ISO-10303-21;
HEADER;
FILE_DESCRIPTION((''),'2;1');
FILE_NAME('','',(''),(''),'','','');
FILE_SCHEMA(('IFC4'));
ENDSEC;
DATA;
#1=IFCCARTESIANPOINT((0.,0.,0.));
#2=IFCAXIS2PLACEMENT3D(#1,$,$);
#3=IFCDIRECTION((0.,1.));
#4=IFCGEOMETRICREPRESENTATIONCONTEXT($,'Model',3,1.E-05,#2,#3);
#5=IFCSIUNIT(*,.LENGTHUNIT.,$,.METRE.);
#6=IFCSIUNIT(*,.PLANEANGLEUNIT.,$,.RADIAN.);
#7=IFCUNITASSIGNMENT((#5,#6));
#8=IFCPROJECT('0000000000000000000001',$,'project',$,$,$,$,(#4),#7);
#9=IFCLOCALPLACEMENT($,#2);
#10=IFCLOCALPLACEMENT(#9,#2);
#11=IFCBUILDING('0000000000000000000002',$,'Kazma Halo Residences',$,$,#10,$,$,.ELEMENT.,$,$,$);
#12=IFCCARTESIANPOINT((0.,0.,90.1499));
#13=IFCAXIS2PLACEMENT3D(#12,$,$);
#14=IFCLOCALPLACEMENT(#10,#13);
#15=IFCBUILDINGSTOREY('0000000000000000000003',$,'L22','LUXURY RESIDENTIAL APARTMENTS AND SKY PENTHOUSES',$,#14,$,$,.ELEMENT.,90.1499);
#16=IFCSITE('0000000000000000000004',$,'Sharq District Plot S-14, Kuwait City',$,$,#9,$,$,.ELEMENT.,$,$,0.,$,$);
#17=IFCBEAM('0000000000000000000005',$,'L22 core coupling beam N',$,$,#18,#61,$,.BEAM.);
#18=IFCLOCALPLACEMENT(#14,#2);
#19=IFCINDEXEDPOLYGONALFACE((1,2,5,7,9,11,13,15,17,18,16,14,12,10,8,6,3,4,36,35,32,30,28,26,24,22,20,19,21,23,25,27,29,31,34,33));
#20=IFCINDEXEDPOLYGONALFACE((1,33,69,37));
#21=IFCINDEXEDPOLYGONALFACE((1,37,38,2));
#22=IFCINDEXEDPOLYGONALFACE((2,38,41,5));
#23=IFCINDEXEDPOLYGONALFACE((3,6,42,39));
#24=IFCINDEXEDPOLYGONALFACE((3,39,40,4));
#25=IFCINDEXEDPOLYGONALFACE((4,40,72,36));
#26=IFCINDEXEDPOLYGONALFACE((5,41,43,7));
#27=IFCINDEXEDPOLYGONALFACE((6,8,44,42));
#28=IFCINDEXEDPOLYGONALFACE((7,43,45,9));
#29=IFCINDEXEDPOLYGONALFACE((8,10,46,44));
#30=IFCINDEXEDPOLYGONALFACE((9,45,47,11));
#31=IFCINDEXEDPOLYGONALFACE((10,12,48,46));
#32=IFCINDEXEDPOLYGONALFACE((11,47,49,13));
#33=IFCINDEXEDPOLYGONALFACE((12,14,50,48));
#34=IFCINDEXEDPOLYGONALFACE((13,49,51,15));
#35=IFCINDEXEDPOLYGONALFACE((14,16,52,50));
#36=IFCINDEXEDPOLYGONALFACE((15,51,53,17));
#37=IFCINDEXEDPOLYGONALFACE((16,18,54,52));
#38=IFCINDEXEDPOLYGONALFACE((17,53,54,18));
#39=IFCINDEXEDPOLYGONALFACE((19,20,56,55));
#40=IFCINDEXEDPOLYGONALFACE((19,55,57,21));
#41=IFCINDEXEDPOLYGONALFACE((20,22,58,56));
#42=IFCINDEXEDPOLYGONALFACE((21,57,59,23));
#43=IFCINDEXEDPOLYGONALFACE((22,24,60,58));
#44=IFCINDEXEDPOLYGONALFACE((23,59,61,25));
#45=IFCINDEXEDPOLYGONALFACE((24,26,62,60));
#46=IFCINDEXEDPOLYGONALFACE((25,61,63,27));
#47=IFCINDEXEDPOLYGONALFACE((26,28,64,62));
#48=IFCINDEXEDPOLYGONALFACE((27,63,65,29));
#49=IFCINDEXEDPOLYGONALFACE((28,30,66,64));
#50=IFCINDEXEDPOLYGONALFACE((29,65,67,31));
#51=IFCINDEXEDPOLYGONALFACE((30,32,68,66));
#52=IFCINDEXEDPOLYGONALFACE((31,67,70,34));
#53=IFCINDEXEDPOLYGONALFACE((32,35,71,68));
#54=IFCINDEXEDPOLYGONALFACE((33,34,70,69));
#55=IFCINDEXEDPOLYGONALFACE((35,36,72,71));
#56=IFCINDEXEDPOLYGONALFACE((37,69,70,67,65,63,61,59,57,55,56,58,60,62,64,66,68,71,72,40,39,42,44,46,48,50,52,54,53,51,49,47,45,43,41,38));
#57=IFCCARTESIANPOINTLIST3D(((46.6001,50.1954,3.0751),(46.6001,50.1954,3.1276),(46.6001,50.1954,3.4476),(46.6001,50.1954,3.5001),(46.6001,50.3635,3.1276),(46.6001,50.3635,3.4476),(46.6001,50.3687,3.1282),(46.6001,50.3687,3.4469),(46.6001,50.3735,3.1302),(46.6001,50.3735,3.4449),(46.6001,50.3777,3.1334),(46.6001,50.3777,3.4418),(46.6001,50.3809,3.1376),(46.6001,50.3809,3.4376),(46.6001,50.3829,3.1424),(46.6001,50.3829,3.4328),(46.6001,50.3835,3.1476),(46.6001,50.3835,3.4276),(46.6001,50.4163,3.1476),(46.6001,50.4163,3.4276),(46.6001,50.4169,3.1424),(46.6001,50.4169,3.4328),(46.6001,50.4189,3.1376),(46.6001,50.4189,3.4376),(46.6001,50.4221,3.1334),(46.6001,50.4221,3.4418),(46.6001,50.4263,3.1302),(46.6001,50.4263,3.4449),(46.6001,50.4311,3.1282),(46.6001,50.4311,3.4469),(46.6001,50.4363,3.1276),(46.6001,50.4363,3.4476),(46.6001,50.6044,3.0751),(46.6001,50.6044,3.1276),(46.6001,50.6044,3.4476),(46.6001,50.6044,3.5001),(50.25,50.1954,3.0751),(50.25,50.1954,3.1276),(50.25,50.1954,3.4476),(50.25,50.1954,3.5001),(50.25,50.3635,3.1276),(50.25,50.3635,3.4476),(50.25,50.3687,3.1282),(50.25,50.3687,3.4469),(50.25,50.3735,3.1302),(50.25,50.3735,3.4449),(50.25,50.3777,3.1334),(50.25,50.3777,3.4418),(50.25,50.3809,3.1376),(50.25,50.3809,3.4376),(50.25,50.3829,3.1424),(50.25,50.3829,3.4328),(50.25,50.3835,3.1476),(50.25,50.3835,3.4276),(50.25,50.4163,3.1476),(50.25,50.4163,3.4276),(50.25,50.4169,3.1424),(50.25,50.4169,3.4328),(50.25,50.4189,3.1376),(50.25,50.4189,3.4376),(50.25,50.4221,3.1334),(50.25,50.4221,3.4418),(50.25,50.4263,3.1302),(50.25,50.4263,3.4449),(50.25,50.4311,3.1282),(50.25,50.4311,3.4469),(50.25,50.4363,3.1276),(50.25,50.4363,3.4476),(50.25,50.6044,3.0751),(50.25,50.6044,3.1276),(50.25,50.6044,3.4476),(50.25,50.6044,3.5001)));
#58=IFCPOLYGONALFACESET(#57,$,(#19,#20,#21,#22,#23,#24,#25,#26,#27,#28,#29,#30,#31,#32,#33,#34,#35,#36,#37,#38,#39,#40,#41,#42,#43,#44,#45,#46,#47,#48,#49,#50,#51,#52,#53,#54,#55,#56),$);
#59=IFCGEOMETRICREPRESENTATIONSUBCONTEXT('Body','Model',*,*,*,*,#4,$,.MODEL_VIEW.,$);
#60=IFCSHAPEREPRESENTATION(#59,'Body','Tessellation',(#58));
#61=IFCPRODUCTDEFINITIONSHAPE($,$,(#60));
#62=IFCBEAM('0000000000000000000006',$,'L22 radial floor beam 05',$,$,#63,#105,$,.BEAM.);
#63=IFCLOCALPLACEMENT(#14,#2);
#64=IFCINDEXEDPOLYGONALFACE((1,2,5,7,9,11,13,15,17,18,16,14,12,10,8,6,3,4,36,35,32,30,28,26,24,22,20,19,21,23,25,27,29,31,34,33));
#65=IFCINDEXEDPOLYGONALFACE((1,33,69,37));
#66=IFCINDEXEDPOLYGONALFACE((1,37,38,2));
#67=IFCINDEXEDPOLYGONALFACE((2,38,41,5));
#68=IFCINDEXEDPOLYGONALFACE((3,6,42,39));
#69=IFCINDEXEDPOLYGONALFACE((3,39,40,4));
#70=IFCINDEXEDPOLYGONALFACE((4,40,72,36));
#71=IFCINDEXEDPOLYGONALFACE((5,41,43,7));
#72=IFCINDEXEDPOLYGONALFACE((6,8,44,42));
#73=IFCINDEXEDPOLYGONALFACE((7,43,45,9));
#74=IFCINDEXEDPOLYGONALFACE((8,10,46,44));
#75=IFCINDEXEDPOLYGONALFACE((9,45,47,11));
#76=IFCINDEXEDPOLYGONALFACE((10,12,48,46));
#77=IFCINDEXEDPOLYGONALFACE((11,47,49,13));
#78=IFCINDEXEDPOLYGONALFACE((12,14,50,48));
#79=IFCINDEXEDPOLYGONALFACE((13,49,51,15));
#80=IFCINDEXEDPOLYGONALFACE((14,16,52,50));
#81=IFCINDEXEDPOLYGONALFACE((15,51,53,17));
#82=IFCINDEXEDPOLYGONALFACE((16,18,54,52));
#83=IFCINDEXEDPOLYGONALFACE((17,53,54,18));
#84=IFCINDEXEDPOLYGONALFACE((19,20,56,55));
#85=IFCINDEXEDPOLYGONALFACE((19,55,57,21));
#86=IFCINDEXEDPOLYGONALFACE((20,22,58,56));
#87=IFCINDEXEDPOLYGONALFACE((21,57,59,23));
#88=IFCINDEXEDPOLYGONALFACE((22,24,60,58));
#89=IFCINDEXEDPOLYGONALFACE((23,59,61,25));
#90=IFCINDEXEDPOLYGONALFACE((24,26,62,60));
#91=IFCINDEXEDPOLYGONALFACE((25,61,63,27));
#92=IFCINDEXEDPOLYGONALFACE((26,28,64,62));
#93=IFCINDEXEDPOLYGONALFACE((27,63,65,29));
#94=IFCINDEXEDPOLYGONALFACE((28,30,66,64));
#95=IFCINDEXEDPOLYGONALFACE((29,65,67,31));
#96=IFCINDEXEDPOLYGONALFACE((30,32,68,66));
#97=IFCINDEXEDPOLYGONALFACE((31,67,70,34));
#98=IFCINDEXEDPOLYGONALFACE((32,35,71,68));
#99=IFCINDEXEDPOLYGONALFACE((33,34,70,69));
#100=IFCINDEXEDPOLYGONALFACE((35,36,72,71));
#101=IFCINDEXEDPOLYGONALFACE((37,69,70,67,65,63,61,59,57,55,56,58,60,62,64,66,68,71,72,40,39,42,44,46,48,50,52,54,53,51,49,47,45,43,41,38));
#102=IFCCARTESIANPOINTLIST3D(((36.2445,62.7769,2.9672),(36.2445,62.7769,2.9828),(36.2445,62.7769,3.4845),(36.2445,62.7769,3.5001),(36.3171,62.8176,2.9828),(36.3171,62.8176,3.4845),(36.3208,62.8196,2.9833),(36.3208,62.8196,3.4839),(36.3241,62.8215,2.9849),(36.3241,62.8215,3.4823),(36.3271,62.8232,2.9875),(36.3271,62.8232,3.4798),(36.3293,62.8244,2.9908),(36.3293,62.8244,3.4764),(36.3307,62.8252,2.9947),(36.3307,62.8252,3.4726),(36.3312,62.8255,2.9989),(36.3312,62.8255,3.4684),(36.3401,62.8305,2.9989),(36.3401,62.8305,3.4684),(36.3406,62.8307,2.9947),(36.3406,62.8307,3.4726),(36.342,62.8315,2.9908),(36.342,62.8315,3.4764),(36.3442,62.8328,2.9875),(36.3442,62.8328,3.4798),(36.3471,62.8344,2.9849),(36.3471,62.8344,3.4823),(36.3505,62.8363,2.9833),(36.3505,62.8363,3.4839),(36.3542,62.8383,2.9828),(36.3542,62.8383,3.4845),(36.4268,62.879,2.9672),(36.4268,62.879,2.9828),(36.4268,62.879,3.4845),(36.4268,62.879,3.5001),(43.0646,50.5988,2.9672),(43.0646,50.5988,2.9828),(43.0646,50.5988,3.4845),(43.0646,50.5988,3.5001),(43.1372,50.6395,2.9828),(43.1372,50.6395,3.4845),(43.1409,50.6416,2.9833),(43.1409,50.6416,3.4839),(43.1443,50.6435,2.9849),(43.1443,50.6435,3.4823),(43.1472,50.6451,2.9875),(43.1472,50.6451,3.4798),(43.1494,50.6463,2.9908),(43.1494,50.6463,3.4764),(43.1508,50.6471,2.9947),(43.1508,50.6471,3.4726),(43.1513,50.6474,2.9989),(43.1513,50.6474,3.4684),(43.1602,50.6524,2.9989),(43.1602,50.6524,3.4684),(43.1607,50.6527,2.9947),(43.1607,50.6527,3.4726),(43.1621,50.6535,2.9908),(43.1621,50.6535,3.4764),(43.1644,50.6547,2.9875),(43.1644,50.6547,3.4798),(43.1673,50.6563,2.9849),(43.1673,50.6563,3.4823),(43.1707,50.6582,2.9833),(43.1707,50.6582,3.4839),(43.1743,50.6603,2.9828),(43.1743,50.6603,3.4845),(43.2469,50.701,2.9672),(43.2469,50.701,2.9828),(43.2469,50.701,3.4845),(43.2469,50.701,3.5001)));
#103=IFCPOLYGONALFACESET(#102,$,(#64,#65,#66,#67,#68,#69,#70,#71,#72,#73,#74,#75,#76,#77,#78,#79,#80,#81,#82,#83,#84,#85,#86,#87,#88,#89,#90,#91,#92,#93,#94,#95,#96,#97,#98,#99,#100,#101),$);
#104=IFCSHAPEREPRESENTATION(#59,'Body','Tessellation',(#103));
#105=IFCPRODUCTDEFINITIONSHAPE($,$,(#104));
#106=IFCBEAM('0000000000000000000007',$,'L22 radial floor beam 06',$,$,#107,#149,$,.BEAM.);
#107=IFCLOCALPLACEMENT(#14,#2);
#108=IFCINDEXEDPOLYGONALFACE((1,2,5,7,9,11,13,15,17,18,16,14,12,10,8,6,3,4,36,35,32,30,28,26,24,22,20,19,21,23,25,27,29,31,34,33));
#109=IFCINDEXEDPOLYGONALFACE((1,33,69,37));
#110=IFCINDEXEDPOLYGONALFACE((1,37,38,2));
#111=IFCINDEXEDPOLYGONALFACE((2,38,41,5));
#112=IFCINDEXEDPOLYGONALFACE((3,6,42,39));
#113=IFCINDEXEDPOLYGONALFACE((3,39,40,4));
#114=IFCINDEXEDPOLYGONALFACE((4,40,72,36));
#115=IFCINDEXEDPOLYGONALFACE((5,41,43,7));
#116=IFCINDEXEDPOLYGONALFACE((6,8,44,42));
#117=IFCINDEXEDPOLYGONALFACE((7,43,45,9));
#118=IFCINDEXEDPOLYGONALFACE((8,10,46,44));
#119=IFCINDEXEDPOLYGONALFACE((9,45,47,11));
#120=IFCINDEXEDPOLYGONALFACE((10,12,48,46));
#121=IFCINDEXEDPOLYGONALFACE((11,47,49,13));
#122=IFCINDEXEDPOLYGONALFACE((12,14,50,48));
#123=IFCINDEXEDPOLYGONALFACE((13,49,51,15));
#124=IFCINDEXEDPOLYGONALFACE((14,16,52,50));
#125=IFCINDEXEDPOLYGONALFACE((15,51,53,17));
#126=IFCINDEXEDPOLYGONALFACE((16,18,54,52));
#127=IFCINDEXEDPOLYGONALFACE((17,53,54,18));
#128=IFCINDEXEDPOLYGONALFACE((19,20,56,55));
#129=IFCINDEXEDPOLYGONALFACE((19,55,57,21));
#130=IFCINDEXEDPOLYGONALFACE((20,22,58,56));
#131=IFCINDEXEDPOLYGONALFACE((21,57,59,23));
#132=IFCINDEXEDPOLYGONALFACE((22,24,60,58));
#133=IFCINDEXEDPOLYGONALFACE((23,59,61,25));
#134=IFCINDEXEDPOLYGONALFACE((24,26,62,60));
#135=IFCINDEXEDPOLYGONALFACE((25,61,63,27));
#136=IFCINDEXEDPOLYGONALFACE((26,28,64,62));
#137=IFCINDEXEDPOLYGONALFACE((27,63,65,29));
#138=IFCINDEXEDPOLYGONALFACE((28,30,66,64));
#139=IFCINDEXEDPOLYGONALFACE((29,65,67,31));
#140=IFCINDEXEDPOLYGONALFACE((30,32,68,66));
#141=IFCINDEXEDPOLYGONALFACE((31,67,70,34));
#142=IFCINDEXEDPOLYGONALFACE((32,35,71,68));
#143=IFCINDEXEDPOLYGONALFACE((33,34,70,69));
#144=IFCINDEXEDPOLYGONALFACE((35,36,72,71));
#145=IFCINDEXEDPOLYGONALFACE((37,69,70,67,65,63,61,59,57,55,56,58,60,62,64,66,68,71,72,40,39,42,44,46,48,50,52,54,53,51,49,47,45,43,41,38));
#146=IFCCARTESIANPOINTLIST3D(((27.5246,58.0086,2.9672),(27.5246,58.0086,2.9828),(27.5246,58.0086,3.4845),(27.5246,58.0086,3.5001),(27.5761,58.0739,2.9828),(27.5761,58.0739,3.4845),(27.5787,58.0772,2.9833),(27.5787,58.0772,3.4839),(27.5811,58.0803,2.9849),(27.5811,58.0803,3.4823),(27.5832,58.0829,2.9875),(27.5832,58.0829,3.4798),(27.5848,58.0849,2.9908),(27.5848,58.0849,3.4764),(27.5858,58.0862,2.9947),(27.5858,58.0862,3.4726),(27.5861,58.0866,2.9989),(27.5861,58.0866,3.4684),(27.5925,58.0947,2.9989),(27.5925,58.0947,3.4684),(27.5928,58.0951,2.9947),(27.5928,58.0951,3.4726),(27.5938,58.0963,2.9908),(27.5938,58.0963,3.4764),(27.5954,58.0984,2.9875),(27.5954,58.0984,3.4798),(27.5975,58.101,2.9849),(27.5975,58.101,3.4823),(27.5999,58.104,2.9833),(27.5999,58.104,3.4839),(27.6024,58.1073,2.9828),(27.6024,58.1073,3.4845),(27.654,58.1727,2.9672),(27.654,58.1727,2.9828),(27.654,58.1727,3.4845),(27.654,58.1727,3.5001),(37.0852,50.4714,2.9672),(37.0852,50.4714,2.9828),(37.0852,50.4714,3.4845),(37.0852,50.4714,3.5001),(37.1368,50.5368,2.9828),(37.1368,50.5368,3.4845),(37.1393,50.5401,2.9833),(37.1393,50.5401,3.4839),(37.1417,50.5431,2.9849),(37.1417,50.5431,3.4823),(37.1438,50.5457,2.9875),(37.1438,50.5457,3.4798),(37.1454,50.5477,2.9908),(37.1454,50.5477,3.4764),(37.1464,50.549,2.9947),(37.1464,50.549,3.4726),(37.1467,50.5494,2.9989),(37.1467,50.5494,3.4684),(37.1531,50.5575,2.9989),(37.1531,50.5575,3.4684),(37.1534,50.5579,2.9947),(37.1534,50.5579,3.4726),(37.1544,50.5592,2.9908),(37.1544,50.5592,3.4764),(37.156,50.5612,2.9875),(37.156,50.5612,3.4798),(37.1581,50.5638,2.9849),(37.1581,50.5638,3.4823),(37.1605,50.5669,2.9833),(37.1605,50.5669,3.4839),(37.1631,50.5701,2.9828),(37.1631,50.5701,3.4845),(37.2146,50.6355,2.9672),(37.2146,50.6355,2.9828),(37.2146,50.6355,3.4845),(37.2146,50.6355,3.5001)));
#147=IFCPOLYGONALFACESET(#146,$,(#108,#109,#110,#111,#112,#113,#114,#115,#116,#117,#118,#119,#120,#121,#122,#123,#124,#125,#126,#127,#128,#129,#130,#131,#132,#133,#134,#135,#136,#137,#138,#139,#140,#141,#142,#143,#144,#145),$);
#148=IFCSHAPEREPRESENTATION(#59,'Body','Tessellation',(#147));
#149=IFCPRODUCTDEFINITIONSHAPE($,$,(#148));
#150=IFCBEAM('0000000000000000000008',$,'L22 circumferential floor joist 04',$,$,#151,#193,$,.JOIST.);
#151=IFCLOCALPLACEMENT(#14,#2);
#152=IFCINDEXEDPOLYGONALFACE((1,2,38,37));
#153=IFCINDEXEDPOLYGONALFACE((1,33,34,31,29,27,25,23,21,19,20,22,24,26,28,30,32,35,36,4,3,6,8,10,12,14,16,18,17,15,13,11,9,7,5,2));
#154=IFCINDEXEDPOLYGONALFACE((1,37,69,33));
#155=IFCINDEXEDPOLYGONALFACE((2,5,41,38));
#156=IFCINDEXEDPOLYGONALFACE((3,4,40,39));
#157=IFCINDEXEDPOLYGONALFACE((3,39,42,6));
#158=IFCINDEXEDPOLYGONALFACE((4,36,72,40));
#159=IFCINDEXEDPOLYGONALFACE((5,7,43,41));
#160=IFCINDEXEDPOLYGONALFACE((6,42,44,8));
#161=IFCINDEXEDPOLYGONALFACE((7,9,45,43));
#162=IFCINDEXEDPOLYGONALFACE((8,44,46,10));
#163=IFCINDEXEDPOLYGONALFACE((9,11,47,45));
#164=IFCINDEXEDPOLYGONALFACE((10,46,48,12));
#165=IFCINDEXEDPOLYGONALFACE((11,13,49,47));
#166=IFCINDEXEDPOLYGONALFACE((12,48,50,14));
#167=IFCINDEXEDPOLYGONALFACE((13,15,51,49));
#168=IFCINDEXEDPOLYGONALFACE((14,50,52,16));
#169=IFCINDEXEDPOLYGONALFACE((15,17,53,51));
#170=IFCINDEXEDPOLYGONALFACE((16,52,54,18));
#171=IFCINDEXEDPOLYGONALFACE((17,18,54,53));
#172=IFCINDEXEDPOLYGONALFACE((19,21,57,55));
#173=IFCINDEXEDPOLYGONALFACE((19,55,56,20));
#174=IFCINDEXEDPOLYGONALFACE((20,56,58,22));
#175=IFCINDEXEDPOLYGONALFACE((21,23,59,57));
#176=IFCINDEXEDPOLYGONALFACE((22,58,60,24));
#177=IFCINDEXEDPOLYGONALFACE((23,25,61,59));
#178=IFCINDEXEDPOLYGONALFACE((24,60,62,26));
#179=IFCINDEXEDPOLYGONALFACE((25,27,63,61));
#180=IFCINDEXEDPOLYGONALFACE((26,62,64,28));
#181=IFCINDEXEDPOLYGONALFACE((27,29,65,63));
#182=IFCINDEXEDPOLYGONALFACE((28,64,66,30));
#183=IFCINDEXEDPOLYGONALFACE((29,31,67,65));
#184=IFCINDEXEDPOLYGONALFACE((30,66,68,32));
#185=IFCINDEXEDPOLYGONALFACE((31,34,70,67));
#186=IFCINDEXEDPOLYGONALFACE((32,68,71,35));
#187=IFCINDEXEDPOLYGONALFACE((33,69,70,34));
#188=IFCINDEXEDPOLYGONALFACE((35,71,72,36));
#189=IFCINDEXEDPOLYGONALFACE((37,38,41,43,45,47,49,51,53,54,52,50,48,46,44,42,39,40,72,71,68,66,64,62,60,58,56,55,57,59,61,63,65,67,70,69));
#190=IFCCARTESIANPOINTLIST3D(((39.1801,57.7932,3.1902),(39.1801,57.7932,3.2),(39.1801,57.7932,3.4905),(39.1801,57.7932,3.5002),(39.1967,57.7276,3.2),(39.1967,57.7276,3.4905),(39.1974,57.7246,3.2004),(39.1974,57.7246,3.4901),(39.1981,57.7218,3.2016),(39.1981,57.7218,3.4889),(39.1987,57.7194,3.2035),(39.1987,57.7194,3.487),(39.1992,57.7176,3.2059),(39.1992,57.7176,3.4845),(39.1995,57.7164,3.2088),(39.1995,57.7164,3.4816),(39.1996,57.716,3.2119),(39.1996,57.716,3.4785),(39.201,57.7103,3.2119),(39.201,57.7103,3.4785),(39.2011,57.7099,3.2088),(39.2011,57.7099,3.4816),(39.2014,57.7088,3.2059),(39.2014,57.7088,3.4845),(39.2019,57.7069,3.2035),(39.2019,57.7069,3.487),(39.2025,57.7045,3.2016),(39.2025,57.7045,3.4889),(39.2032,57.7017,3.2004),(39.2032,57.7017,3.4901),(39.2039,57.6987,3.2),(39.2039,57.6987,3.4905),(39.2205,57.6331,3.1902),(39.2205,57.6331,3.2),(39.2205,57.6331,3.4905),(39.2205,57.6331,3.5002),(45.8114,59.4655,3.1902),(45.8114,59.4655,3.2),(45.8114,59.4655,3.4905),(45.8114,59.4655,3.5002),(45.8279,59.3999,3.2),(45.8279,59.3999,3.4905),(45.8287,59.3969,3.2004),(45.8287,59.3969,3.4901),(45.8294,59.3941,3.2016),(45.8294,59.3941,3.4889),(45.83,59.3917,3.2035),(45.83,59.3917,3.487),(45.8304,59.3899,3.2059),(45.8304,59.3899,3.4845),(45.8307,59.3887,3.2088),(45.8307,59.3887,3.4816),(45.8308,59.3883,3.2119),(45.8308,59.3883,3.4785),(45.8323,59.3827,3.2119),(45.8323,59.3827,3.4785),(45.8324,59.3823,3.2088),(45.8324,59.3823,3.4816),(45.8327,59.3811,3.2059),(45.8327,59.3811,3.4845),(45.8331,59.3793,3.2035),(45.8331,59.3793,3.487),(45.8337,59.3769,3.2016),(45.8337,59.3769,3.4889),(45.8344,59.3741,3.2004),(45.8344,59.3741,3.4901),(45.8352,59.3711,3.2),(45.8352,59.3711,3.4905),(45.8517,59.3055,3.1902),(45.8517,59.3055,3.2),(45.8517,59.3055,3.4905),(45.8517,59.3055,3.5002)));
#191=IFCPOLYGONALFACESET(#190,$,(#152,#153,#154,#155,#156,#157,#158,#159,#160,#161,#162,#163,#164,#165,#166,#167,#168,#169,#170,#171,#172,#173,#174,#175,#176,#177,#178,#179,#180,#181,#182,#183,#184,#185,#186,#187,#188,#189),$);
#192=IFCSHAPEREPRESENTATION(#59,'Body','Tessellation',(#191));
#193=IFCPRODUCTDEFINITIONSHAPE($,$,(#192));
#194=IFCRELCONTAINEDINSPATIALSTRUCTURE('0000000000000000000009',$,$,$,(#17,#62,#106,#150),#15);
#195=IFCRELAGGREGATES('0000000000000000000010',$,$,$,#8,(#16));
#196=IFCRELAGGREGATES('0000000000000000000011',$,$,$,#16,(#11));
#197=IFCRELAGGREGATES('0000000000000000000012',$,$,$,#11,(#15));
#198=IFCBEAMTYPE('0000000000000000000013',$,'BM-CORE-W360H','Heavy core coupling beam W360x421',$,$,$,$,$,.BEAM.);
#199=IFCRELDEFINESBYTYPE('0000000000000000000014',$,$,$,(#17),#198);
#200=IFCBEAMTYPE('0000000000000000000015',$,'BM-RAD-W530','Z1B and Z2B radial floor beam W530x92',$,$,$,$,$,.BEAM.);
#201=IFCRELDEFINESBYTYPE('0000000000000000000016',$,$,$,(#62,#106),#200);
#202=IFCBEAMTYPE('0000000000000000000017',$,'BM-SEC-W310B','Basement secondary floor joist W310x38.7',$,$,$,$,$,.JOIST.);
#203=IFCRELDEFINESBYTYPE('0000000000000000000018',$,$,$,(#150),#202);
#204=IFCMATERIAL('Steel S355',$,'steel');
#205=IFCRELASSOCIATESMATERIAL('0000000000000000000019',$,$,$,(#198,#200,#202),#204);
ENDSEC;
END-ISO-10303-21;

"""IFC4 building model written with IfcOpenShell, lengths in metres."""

from ifc_helpers import new_model, si_unit, direction, frame, origin, origin_2d, place, context, subcontext, project, spatial, i_section, extrude, material, material_profile, profile_set, type_object, element, save


model = new_model("IFC4")

# Units and contexts
model_context = context("Model", 3, precision=1e-05, world=origin(), true_north=direction((0.0, 1.0)))
body_context = subcontext(model_context, "Body", "Model", "MODEL_VIEW")
ifc_project = project(units=[si_unit("LENGTHUNIT", "METRE"), si_unit("PLANEANGLEUNIT", "RADIAN")], contexts=[model_context])

# Site, building, storey
site_placement = place(None, origin())
site = spatial("IfcSite", under=ifc_project, at=site_placement, Name="Sharq District Plot S-14, Kuwait City", CompositionType="ELEMENT", RefElevation=0.0)
building_placement = place(site_placement, origin())
building = spatial("IfcBuilding", under=site, at=building_placement, Name="Kazma Halo Residences", CompositionType="ELEMENT")
storey_placement = place(building_placement, frame((0.0, 0.0, 90.1499)))
storey = spatial("IfcBuildingStorey", under=building, at=storey_placement, Name="L22", Description="LUXURY RESIDENTIAL APARTMENTS AND SKY PENTHOUSES", CompositionType="ELEMENT", Elevation=90.1499)

# Beams
ifc_material_1 = material(Name="Steel S355", Category="steel")
ifc_material_profile_1 = material_profile(ifc_material_1, i_section(OverallWidth=0.4089, OverallDepth=0.425, WebThickness=0.0327, FlangeThickness=0.0525, FilletRadius=0.02, at=origin_2d()), Name="W360x421")
ifc_profile_set_1 = profile_set([ifc_material_profile_1], Name="Steel S355")
beam_type_1 = type_object("IfcBeamType", Name="BM-CORE-W360H", Description="Heavy core coupling beam W360x421", PredefinedType="BEAM", material=ifc_profile_set_1)
beam_1_placement = place(storey_placement, frame((46.6001, 50.3999, 3.2876), z_axis=(1.0, 0.0, 0.0), x_axis=(0.0, 1.0, 0.0)))
element("IfcBeam", 1, at=beam_1_placement, inside=storey, type_object=beam_type_1, Name="L22 core coupling beam N", PredefinedType="BEAM", context=body_context, shape_type="SweptSolid", body=[
    extrude(i_section(OverallWidth=0.4089, OverallDepth=0.425, WebThickness=0.0327, FlangeThickness=0.0525, FilletRadius=0.02, at=origin_2d()), origin(), (0.0, 0.0, 1.0), 3.6499),
])
ifc_material_profile_2 = material_profile(ifc_material_1, i_section(OverallWidth=0.209, OverallDepth=0.533, WebThickness=0.0103, FlangeThickness=0.0156, FilletRadius=0.0161, at=origin_2d()), Name="W530x92")
ifc_profile_set_2 = profile_set([ifc_material_profile_2], Name="Steel S355")
beam_type_2 = type_object("IfcBeamType", Name="BM-RAD-W530", Description="Z1B and Z2B radial floor beam W530x92", PredefinedType="BEAM", material=ifc_profile_set_2)
beam_2_placement = place(storey_placement, frame((43.1558, 50.6499, 3.2336), z_axis=(-0.488625, 0.872494, 0.0), x_axis=(-0.872494, -0.488625, 0.0)))
element("IfcBeam", 2, at=beam_2_placement, inside=storey, type_object=beam_type_2, Name="L22 radial floor beam 05", PredefinedType="BEAM", context=body_context, shape_type="SweptSolid", body=[
    extrude(i_section(OverallWidth=0.209, OverallDepth=0.533, WebThickness=0.0103, FlangeThickness=0.0156, FilletRadius=0.0161, at=origin_2d()), origin(), (0.0, 0.0, 1.0), 13.9578),
])
beam_3_placement = place(storey_placement, frame((37.1499, 50.5535, 3.2336), z_axis=(-0.78531, 0.619103, 0.0), x_axis=(-0.619103, -0.78531, 0.0)))
element("IfcBeam", 3, at=beam_3_placement, inside=storey, type_object=beam_type_2, Name="L22 radial floor beam 06", PredefinedType="BEAM", context=body_context, shape_type="SweptSolid", body=[
    extrude(i_section(OverallWidth=0.209, OverallDepth=0.533, WebThickness=0.0103, FlangeThickness=0.0156, FilletRadius=0.0161, at=origin_2d()), origin(), (0.0, 0.0, 1.0), 12.1743),
])
ifc_material_profile_3 = material_profile(ifc_material_1, i_section(OverallWidth=0.165, OverallDepth=0.3101, WebThickness=0.0059, FlangeThickness=0.0098, FilletRadius=0.012, at=origin_2d()), Name="W310x38.7")
ifc_profile_set_3 = profile_set([ifc_material_profile_3], Name="Steel S355")
beam_type_3 = type_object("IfcBeamType", Name="BM-SEC-W310B", Description="Basement secondary floor joist W310x38.7", PredefinedType="JOIST", material=ifc_profile_set_3)
beam_4_placement = place(storey_placement, frame((45.8315, 59.3855, 3.3452), z_axis=(-0.969641, -0.244534, 0.0), x_axis=(0.244534, -0.969641, 0.0)))
element("IfcBeam", 4, at=beam_4_placement, inside=storey, type_object=beam_type_3, Name="L22 circumferential floor joist 04", PredefinedType="JOIST", context=body_context, shape_type="SweptSolid", body=[
    extrude(i_section(OverallWidth=0.165, OverallDepth=0.3101, WebThickness=0.0059, FlangeThickness=0.0098, FilletRadius=0.012, at=origin_2d()), origin(), (0.0, 0.0, 1.0), 6.8389),
])

save(model, "model.ifc")
